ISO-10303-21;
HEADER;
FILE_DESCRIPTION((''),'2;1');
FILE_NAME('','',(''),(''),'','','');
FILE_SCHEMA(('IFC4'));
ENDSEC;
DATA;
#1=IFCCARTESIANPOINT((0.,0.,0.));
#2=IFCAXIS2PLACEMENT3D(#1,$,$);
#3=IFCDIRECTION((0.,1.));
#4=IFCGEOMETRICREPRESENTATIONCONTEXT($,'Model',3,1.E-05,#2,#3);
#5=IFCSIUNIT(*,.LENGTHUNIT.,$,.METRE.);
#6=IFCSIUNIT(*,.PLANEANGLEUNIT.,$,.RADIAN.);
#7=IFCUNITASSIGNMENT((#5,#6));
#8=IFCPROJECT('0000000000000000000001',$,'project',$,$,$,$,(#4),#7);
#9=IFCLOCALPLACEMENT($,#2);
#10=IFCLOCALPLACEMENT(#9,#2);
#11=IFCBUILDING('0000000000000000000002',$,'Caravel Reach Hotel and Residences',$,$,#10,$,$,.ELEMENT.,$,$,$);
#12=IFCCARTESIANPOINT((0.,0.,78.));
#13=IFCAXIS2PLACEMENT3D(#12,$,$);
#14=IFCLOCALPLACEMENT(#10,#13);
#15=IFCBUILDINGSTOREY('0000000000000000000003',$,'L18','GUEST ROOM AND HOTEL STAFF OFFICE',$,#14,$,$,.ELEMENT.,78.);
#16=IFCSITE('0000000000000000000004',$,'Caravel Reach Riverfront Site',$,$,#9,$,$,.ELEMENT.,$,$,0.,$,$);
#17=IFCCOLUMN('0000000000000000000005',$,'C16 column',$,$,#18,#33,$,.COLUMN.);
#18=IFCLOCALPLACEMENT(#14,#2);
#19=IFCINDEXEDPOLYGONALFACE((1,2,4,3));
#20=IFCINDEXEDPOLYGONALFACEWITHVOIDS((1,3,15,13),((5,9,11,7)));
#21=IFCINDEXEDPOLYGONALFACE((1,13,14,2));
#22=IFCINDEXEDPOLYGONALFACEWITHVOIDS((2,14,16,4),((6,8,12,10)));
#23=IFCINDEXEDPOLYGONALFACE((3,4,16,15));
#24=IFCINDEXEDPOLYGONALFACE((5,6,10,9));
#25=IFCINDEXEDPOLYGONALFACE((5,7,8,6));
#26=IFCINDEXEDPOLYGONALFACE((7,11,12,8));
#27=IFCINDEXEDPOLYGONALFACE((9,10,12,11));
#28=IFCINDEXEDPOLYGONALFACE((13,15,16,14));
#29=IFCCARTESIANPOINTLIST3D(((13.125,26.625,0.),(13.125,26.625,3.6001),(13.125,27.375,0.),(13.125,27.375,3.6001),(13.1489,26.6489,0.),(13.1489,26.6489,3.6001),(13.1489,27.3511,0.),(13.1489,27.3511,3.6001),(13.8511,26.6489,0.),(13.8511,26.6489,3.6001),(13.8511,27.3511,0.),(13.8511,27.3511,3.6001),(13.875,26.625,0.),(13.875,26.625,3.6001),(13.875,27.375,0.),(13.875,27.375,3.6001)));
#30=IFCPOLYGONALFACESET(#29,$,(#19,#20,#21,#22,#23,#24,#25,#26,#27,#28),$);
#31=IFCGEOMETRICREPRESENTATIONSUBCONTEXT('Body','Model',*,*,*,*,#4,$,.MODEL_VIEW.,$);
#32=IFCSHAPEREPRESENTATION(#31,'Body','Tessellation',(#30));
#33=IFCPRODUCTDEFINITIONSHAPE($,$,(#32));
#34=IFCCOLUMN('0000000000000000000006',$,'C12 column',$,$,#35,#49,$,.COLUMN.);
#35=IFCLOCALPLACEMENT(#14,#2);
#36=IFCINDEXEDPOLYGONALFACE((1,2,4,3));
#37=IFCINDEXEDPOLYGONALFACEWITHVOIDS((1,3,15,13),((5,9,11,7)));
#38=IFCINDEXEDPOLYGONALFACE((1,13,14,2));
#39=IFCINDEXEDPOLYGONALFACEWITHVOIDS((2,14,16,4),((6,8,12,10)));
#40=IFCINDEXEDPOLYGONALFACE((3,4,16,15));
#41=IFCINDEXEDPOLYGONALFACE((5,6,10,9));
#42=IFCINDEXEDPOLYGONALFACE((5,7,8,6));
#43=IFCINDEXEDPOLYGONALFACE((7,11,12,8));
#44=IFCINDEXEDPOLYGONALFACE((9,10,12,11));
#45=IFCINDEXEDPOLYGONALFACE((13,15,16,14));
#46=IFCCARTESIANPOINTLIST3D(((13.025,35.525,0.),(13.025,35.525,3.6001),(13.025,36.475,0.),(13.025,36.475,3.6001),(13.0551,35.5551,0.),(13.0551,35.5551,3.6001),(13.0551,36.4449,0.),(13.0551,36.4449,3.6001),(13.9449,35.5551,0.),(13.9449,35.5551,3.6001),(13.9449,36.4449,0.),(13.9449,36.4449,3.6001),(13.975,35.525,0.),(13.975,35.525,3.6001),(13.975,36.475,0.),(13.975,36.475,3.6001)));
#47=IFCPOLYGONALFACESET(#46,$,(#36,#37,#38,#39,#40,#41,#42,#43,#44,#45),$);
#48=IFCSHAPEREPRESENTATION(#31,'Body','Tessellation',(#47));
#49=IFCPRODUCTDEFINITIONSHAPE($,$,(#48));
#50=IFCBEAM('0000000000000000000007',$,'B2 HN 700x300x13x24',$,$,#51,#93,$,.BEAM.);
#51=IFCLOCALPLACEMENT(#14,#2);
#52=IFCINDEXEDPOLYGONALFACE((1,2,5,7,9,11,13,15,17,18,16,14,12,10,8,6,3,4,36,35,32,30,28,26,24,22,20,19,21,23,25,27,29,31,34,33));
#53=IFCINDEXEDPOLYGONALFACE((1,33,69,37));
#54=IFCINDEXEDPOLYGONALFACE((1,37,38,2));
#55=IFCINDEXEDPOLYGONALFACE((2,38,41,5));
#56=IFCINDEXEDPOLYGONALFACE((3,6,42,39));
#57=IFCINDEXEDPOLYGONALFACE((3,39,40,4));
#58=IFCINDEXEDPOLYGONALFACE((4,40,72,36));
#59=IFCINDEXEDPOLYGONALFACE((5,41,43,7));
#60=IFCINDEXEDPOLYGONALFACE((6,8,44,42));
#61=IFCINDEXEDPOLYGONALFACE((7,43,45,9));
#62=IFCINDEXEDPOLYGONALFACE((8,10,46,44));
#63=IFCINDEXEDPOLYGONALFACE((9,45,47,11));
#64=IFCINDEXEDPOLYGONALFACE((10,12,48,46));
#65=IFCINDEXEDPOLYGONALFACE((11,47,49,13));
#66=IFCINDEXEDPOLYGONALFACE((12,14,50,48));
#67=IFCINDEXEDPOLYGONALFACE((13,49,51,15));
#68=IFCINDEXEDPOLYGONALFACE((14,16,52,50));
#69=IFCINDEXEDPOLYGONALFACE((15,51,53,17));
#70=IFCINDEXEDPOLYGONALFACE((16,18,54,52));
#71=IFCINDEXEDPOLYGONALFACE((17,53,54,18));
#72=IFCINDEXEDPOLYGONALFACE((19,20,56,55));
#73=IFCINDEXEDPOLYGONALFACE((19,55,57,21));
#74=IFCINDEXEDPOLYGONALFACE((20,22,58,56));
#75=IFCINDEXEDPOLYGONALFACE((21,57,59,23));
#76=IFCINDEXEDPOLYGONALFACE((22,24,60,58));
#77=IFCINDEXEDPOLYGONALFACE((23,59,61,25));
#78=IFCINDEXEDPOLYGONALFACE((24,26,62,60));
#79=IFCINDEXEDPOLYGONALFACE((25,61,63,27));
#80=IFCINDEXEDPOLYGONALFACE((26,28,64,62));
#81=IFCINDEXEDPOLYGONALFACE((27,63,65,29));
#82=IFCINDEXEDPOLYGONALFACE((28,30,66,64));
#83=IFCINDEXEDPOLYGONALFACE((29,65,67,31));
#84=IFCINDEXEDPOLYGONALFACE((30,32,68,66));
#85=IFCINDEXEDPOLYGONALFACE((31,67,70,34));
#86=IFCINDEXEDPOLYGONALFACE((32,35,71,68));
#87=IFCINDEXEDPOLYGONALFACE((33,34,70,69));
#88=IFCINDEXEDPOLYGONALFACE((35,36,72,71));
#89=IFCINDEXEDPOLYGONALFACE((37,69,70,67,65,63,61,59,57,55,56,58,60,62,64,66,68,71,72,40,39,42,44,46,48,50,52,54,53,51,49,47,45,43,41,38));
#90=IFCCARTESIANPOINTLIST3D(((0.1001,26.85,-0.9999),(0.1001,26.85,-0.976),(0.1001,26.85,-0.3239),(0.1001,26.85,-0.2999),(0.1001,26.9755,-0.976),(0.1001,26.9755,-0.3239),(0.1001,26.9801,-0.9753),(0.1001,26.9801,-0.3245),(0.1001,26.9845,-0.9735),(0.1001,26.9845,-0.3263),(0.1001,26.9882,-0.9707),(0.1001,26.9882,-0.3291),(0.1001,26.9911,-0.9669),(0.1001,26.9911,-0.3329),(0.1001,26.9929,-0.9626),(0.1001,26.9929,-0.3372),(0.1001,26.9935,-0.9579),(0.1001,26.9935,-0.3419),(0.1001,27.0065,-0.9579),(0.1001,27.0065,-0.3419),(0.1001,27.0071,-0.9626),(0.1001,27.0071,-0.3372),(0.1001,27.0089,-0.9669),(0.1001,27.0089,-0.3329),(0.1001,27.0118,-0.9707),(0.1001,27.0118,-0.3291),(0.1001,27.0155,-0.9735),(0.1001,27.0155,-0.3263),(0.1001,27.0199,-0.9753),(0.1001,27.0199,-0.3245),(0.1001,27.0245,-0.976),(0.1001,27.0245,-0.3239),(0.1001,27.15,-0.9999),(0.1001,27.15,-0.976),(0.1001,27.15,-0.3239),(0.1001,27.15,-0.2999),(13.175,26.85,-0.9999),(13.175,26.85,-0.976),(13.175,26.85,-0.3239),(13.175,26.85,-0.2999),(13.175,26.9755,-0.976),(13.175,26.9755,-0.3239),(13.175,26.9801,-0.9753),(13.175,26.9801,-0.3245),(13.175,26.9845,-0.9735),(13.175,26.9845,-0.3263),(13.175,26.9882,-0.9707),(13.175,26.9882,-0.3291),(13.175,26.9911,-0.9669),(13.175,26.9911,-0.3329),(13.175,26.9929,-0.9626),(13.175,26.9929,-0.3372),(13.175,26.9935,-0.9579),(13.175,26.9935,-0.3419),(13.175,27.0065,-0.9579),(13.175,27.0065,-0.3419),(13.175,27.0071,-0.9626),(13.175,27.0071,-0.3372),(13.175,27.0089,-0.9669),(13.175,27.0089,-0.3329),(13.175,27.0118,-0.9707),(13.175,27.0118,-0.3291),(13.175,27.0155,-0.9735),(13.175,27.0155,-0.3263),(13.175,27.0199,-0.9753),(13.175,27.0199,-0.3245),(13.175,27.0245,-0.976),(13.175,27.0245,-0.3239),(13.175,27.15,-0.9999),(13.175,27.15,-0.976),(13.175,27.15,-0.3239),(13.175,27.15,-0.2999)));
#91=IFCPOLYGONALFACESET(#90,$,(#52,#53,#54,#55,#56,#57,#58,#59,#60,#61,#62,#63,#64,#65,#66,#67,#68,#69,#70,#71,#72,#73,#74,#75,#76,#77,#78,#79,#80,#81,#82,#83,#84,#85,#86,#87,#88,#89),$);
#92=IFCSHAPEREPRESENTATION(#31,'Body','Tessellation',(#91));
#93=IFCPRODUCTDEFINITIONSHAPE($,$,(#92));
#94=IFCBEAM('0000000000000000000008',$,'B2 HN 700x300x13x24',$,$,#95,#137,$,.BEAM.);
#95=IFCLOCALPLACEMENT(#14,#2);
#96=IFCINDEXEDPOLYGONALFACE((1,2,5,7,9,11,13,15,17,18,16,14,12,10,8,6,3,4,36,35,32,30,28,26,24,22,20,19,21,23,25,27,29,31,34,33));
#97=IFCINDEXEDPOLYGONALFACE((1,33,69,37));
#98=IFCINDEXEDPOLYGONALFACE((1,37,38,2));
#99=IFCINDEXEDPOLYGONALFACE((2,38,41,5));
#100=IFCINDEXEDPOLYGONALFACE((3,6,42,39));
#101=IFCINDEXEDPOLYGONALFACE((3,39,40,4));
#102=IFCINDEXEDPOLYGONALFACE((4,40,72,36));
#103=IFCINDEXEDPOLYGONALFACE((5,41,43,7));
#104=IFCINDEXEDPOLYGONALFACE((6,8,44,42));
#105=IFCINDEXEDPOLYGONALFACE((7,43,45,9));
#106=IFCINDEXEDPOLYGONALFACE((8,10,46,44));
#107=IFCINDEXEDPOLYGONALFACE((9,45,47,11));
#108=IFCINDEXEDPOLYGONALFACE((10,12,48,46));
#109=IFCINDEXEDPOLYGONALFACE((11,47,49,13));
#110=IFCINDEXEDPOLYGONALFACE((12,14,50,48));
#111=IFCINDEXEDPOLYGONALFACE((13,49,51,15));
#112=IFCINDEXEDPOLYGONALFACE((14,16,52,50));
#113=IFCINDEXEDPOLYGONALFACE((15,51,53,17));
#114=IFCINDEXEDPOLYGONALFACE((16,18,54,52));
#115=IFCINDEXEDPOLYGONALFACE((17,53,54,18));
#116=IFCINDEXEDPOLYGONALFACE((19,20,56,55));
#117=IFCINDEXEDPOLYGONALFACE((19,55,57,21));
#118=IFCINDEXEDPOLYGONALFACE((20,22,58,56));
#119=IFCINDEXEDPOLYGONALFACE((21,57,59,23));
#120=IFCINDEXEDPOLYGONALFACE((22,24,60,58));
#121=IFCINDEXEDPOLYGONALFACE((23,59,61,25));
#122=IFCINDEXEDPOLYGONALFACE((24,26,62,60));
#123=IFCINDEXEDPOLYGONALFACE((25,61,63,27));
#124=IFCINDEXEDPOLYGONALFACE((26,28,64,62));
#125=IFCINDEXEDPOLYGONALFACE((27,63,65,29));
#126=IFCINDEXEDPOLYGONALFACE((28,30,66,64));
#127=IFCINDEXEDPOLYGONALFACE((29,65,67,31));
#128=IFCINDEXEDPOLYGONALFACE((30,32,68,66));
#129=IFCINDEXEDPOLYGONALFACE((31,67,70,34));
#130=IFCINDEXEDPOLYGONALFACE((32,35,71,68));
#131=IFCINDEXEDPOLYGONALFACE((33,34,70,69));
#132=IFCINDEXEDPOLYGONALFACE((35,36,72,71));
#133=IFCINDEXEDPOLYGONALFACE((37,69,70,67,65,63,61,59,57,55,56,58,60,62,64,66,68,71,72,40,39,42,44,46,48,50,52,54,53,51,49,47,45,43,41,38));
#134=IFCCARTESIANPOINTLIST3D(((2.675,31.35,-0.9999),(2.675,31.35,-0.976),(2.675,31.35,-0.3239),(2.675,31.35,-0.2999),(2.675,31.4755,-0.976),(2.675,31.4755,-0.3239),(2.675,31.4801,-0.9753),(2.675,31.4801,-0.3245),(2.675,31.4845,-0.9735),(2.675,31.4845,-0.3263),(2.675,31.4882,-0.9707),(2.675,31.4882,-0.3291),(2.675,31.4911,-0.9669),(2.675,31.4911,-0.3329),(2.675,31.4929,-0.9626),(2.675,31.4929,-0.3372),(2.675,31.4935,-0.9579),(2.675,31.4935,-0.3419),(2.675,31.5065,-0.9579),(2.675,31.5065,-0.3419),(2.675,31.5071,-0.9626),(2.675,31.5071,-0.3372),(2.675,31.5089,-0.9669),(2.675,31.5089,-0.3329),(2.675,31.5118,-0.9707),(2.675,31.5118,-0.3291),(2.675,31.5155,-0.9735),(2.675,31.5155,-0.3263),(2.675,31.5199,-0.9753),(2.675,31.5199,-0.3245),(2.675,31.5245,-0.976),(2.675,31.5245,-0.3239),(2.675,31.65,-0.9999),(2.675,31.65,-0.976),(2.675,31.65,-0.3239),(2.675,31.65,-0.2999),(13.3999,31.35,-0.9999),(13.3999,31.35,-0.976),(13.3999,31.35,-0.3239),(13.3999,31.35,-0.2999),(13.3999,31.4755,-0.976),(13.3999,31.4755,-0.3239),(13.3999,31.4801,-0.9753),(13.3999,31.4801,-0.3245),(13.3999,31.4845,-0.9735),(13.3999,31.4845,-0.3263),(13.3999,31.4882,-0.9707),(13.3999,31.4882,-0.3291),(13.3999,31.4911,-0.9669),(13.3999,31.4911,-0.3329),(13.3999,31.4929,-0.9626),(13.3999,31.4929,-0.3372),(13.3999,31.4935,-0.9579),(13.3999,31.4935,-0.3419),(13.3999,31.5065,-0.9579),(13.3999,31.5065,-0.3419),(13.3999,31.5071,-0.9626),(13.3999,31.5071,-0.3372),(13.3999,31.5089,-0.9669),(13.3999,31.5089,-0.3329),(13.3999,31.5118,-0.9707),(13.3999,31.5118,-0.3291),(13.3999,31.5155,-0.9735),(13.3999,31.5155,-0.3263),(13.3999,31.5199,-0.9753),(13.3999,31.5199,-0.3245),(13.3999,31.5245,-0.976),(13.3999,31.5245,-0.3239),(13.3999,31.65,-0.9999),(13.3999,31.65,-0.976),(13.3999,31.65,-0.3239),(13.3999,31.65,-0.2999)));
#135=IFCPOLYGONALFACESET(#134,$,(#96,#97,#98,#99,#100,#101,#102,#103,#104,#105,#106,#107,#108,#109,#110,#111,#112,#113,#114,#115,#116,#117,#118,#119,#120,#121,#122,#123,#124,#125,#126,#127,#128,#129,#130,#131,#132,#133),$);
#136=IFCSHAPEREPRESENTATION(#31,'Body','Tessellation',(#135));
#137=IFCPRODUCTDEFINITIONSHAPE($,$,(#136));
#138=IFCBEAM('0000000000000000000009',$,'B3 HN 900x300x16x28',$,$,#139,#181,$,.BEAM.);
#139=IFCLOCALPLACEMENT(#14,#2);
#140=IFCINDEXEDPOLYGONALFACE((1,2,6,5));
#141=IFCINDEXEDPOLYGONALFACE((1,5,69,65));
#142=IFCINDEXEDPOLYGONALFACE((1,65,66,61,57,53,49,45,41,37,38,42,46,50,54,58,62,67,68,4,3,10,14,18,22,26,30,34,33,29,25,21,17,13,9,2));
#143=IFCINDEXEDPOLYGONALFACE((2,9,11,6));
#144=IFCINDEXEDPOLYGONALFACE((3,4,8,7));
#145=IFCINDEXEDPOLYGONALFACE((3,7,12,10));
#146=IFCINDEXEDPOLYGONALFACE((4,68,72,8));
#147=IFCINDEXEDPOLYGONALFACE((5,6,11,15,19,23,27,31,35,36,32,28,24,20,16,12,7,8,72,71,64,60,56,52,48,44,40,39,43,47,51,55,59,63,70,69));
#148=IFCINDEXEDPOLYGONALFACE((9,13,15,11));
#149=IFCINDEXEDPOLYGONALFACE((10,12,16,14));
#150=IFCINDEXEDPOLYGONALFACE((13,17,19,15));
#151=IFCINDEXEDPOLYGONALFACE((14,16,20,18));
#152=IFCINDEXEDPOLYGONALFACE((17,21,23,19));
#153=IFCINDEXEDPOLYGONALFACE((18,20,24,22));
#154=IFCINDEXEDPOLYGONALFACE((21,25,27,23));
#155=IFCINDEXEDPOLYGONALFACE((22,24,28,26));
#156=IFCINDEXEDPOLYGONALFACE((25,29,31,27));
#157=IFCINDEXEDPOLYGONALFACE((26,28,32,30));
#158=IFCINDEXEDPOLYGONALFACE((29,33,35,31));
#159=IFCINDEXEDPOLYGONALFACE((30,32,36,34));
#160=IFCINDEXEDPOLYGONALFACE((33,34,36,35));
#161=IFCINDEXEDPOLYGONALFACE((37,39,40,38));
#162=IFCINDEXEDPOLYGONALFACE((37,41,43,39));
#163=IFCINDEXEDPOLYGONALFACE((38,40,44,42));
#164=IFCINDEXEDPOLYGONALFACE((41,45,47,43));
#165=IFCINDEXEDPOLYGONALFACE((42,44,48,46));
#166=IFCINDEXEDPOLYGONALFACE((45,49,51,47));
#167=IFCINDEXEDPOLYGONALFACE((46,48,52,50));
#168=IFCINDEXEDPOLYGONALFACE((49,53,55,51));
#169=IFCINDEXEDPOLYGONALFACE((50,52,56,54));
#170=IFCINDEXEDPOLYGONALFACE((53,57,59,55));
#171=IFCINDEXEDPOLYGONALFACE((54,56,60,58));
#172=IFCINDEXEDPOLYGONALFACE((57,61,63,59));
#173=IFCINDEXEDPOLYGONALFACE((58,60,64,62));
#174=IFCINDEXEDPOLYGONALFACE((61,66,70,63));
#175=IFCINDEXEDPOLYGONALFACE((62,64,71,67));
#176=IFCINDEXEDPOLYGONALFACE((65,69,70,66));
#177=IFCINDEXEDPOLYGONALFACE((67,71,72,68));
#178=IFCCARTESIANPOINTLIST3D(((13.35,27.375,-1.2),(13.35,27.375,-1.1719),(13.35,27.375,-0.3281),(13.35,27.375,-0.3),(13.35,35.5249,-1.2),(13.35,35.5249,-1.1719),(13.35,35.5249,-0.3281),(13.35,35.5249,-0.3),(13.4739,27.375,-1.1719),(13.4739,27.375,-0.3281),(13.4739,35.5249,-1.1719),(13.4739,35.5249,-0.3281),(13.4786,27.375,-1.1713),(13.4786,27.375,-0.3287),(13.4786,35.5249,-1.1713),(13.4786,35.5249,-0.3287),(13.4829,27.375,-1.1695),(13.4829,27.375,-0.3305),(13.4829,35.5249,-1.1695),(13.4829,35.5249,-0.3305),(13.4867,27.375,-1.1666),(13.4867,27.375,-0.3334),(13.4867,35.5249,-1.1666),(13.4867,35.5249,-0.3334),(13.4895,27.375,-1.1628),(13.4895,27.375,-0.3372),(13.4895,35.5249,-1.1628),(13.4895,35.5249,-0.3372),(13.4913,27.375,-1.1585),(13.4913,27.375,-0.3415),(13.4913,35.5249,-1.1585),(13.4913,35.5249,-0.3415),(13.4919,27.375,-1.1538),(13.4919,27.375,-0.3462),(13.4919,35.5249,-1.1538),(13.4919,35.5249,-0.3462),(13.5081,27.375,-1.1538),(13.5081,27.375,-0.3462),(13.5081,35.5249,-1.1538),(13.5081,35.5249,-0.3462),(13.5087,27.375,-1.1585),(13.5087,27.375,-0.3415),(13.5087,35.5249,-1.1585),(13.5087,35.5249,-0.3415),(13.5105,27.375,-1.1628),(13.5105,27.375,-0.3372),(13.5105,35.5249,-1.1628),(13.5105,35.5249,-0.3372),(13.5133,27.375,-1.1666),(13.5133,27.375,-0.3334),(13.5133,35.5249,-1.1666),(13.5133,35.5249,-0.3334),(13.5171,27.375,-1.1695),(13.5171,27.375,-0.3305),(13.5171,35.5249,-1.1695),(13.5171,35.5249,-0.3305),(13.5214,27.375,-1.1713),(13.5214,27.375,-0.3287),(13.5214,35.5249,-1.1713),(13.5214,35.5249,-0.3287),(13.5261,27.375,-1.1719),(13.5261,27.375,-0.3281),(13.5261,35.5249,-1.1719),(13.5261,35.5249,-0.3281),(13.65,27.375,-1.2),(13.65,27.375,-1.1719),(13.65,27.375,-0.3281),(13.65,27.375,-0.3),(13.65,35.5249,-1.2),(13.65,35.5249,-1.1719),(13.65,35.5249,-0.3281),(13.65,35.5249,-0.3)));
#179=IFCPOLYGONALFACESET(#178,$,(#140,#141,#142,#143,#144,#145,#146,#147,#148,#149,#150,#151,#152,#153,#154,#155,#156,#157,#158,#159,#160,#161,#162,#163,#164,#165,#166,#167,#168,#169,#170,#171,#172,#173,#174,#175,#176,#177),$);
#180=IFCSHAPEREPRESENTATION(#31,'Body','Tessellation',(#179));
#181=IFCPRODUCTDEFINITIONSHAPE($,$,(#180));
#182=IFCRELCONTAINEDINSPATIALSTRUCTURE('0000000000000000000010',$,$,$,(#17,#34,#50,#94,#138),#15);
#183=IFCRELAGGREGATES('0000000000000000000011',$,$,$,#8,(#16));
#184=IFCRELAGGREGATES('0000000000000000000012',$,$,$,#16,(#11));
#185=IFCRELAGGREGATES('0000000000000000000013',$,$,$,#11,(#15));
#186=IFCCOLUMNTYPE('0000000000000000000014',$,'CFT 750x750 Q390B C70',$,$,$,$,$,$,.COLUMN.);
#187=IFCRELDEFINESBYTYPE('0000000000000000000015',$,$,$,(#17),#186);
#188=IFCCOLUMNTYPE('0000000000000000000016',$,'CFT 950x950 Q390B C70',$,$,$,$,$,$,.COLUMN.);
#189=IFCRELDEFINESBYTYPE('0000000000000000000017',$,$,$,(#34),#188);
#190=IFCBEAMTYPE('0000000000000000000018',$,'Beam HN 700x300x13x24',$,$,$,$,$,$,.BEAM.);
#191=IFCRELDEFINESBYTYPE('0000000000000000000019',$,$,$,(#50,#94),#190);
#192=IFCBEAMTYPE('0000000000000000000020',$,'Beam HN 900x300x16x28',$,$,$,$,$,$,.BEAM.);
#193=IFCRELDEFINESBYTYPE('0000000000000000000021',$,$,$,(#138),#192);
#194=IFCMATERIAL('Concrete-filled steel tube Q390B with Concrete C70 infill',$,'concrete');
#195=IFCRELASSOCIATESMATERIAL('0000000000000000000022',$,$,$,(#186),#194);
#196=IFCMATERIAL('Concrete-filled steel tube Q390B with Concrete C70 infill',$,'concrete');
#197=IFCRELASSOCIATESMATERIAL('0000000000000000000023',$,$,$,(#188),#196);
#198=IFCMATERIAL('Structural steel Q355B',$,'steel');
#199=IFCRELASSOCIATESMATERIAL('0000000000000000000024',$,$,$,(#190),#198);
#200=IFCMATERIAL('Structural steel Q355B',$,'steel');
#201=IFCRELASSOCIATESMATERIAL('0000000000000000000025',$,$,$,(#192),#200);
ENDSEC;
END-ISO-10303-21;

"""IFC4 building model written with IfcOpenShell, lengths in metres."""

from ifc_helpers import new_model, si_unit, direction, frame, origin, origin_2d, place, context, subcontext, project, spatial, hollow_rectangle, i_section, extrude, material, material_profile, profile_set, type_object, element, save


model = new_model("IFC4")

# Units and contexts
model_context = context("Model", 3, precision=1e-05, world=origin(), true_north=direction((0.0, 1.0)))
body_context = subcontext(model_context, "Body", "Model", "MODEL_VIEW")
ifc_project = project(units=[si_unit("LENGTHUNIT", "METRE"), si_unit("PLANEANGLEUNIT", "RADIAN")], contexts=[model_context])

# Site, building, storey
site_placement = place(None, origin())
site = spatial("IfcSite", under=ifc_project, at=site_placement, Name="Caravel Reach Riverfront Site", CompositionType="ELEMENT", RefElevation=0.0)
building_placement = place(site_placement, origin())
building = spatial("IfcBuilding", under=site, at=building_placement, Name="Caravel Reach Hotel and Residences", CompositionType="ELEMENT")
storey_placement = place(building_placement, frame((0.0, 0.0, 78.0)))
storey = spatial("IfcBuildingStorey", under=building, at=storey_placement, Name="L18", Description="GUEST ROOM AND HOTEL STAFF OFFICE", CompositionType="ELEMENT", Elevation=78.0)

# Columns
ifc_material_1 = material(Name="Concrete-filled steel tube Q390B with Concrete C70 infill", Category="concrete")
ifc_material_profile_1 = material_profile(ifc_material_1, hollow_rectangle(XDim=0.75, YDim=0.75, WallThickness=0.0239, at=origin_2d()), Name="RHS 750x750x24")
ifc_profile_set_1 = profile_set([ifc_material_profile_1], Name="Concrete-filled steel tube Q390B with Concrete C70 infill")
column_type_1 = type_object("IfcColumnType", Name="CFT 750x750 Q390B C70", PredefinedType="COLUMN", material=ifc_profile_set_1)
column_1_placement = place(storey_placement, frame((13.5, 27.0, 0.0), z_axis=(0.0, 0.0, 1.0), x_axis=(1.0, 0.0, 0.0)))
element("IfcColumn", 1, at=column_1_placement, inside=storey, type_object=column_type_1, Name="C16 column", PredefinedType="COLUMN", context=body_context, shape_type="SweptSolid", body=[
    extrude(hollow_rectangle(XDim=0.75, YDim=0.75, WallThickness=0.0239, at=origin_2d()), origin(), (0.0, 0.0, 1.0), 3.6001),
])
ifc_material_2 = material(Name="Concrete-filled steel tube Q390B with Concrete C70 infill", Category="concrete")
ifc_material_profile_2 = material_profile(ifc_material_2, hollow_rectangle(XDim=0.95, YDim=0.95, WallThickness=0.03, at=origin_2d()), Name="RHS 950x950x30")
ifc_profile_set_2 = profile_set([ifc_material_profile_2], Name="Concrete-filled steel tube Q390B with Concrete C70 infill")
column_type_2 = type_object("IfcColumnType", Name="CFT 950x950 Q390B C70", PredefinedType="COLUMN", material=ifc_profile_set_2)
column_2_placement = place(storey_placement, frame((13.5, 36.0, 0.0), z_axis=(0.0, 0.0, 1.0), x_axis=(1.0, 0.0, 0.0)))
element("IfcColumn", 2, at=column_2_placement, inside=storey, type_object=column_type_2, Name="C12 column", PredefinedType="COLUMN", context=body_context, shape_type="SweptSolid", body=[
    extrude(hollow_rectangle(XDim=0.95, YDim=0.95, WallThickness=0.03, at=origin_2d()), origin(), (0.0, 0.0, 1.0), 3.6001),
])

# Beams
ifc_material_3 = material(Name="Structural steel Q355B", Category="steel")
ifc_material_profile_3 = material_profile(ifc_material_3, i_section(OverallWidth=0.3, OverallDepth=0.7, WebThickness=0.0129, FlangeThickness=0.0239, FilletRadius=0.0181, at=origin_2d()), Name="HN 700x300x13x24")
ifc_profile_set_3 = profile_set([ifc_material_profile_3], Name="Structural steel Q355B")
beam_type_1 = type_object("IfcBeamType", Name="Beam HN 700x300x13x24", PredefinedType="BEAM", material=ifc_profile_set_3)
beam_1_placement = place(storey_placement, frame((13.175, 27.0, -0.6499), z_axis=(-1.0, 0.0, 0.0), x_axis=(0.0, -1.0, 0.0)))
element("IfcBeam", 3, at=beam_1_placement, inside=storey, type_object=beam_type_1, Name="B2 HN 700x300x13x24", PredefinedType="BEAM", context=body_context, shape_type="SweptSolid", body=[
    extrude(i_section(OverallWidth=0.3, OverallDepth=0.7, WebThickness=0.0129, FlangeThickness=0.0239, FilletRadius=0.0181, at=origin_2d()), origin(), (0.0, 0.0, 1.0), 13.075),
])
beam_2_placement = place(storey_placement, frame((13.3999, 31.5, -0.6499), z_axis=(-1.0, 0.0, 0.0), x_axis=(0.0, -1.0, 0.0)))
element("IfcBeam", 4, at=beam_2_placement, inside=storey, type_object=beam_type_1, Name="B2 HN 700x300x13x24", PredefinedType="BEAM", context=body_context, shape_type="SweptSolid", body=[
    extrude(i_section(OverallWidth=0.3, OverallDepth=0.7, WebThickness=0.0129, FlangeThickness=0.0239, FilletRadius=0.0181, at=origin_2d()), origin(), (0.0, 0.0, 1.0), 10.7249),
])
ifc_material_4 = material(Name="Structural steel Q355B", Category="steel")
ifc_material_profile_4 = material_profile(ifc_material_4, i_section(OverallWidth=0.3, OverallDepth=0.8999, WebThickness=0.0161, FlangeThickness=0.0281, FilletRadius=0.0181, at=origin_2d()), Name="HN 900x300x16x28")
ifc_profile_set_4 = profile_set([ifc_material_profile_4], Name="Structural steel Q355B")
beam_type_2 = type_object("IfcBeamType", Name="Beam HN 900x300x16x28", PredefinedType="BEAM", material=ifc_profile_set_4)
beam_3_placement = place(storey_placement, frame((13.5, 27.375, -0.75), z_axis=(0.0, 1.0, 0.0), x_axis=(-1.0, 0.0, 0.0)))
element("IfcBeam", 5, at=beam_3_placement, inside=storey, type_object=beam_type_2, Name="B3 HN 900x300x16x28", PredefinedType="BEAM", context=body_context, shape_type="SweptSolid", body=[
    extrude(i_section(OverallWidth=0.3, OverallDepth=0.8999, WebThickness=0.0161, FlangeThickness=0.0281, FilletRadius=0.0181, at=origin_2d()), origin(), (0.0, 0.0, 1.0), 8.1499),
])

save(model, "model.ifc")
